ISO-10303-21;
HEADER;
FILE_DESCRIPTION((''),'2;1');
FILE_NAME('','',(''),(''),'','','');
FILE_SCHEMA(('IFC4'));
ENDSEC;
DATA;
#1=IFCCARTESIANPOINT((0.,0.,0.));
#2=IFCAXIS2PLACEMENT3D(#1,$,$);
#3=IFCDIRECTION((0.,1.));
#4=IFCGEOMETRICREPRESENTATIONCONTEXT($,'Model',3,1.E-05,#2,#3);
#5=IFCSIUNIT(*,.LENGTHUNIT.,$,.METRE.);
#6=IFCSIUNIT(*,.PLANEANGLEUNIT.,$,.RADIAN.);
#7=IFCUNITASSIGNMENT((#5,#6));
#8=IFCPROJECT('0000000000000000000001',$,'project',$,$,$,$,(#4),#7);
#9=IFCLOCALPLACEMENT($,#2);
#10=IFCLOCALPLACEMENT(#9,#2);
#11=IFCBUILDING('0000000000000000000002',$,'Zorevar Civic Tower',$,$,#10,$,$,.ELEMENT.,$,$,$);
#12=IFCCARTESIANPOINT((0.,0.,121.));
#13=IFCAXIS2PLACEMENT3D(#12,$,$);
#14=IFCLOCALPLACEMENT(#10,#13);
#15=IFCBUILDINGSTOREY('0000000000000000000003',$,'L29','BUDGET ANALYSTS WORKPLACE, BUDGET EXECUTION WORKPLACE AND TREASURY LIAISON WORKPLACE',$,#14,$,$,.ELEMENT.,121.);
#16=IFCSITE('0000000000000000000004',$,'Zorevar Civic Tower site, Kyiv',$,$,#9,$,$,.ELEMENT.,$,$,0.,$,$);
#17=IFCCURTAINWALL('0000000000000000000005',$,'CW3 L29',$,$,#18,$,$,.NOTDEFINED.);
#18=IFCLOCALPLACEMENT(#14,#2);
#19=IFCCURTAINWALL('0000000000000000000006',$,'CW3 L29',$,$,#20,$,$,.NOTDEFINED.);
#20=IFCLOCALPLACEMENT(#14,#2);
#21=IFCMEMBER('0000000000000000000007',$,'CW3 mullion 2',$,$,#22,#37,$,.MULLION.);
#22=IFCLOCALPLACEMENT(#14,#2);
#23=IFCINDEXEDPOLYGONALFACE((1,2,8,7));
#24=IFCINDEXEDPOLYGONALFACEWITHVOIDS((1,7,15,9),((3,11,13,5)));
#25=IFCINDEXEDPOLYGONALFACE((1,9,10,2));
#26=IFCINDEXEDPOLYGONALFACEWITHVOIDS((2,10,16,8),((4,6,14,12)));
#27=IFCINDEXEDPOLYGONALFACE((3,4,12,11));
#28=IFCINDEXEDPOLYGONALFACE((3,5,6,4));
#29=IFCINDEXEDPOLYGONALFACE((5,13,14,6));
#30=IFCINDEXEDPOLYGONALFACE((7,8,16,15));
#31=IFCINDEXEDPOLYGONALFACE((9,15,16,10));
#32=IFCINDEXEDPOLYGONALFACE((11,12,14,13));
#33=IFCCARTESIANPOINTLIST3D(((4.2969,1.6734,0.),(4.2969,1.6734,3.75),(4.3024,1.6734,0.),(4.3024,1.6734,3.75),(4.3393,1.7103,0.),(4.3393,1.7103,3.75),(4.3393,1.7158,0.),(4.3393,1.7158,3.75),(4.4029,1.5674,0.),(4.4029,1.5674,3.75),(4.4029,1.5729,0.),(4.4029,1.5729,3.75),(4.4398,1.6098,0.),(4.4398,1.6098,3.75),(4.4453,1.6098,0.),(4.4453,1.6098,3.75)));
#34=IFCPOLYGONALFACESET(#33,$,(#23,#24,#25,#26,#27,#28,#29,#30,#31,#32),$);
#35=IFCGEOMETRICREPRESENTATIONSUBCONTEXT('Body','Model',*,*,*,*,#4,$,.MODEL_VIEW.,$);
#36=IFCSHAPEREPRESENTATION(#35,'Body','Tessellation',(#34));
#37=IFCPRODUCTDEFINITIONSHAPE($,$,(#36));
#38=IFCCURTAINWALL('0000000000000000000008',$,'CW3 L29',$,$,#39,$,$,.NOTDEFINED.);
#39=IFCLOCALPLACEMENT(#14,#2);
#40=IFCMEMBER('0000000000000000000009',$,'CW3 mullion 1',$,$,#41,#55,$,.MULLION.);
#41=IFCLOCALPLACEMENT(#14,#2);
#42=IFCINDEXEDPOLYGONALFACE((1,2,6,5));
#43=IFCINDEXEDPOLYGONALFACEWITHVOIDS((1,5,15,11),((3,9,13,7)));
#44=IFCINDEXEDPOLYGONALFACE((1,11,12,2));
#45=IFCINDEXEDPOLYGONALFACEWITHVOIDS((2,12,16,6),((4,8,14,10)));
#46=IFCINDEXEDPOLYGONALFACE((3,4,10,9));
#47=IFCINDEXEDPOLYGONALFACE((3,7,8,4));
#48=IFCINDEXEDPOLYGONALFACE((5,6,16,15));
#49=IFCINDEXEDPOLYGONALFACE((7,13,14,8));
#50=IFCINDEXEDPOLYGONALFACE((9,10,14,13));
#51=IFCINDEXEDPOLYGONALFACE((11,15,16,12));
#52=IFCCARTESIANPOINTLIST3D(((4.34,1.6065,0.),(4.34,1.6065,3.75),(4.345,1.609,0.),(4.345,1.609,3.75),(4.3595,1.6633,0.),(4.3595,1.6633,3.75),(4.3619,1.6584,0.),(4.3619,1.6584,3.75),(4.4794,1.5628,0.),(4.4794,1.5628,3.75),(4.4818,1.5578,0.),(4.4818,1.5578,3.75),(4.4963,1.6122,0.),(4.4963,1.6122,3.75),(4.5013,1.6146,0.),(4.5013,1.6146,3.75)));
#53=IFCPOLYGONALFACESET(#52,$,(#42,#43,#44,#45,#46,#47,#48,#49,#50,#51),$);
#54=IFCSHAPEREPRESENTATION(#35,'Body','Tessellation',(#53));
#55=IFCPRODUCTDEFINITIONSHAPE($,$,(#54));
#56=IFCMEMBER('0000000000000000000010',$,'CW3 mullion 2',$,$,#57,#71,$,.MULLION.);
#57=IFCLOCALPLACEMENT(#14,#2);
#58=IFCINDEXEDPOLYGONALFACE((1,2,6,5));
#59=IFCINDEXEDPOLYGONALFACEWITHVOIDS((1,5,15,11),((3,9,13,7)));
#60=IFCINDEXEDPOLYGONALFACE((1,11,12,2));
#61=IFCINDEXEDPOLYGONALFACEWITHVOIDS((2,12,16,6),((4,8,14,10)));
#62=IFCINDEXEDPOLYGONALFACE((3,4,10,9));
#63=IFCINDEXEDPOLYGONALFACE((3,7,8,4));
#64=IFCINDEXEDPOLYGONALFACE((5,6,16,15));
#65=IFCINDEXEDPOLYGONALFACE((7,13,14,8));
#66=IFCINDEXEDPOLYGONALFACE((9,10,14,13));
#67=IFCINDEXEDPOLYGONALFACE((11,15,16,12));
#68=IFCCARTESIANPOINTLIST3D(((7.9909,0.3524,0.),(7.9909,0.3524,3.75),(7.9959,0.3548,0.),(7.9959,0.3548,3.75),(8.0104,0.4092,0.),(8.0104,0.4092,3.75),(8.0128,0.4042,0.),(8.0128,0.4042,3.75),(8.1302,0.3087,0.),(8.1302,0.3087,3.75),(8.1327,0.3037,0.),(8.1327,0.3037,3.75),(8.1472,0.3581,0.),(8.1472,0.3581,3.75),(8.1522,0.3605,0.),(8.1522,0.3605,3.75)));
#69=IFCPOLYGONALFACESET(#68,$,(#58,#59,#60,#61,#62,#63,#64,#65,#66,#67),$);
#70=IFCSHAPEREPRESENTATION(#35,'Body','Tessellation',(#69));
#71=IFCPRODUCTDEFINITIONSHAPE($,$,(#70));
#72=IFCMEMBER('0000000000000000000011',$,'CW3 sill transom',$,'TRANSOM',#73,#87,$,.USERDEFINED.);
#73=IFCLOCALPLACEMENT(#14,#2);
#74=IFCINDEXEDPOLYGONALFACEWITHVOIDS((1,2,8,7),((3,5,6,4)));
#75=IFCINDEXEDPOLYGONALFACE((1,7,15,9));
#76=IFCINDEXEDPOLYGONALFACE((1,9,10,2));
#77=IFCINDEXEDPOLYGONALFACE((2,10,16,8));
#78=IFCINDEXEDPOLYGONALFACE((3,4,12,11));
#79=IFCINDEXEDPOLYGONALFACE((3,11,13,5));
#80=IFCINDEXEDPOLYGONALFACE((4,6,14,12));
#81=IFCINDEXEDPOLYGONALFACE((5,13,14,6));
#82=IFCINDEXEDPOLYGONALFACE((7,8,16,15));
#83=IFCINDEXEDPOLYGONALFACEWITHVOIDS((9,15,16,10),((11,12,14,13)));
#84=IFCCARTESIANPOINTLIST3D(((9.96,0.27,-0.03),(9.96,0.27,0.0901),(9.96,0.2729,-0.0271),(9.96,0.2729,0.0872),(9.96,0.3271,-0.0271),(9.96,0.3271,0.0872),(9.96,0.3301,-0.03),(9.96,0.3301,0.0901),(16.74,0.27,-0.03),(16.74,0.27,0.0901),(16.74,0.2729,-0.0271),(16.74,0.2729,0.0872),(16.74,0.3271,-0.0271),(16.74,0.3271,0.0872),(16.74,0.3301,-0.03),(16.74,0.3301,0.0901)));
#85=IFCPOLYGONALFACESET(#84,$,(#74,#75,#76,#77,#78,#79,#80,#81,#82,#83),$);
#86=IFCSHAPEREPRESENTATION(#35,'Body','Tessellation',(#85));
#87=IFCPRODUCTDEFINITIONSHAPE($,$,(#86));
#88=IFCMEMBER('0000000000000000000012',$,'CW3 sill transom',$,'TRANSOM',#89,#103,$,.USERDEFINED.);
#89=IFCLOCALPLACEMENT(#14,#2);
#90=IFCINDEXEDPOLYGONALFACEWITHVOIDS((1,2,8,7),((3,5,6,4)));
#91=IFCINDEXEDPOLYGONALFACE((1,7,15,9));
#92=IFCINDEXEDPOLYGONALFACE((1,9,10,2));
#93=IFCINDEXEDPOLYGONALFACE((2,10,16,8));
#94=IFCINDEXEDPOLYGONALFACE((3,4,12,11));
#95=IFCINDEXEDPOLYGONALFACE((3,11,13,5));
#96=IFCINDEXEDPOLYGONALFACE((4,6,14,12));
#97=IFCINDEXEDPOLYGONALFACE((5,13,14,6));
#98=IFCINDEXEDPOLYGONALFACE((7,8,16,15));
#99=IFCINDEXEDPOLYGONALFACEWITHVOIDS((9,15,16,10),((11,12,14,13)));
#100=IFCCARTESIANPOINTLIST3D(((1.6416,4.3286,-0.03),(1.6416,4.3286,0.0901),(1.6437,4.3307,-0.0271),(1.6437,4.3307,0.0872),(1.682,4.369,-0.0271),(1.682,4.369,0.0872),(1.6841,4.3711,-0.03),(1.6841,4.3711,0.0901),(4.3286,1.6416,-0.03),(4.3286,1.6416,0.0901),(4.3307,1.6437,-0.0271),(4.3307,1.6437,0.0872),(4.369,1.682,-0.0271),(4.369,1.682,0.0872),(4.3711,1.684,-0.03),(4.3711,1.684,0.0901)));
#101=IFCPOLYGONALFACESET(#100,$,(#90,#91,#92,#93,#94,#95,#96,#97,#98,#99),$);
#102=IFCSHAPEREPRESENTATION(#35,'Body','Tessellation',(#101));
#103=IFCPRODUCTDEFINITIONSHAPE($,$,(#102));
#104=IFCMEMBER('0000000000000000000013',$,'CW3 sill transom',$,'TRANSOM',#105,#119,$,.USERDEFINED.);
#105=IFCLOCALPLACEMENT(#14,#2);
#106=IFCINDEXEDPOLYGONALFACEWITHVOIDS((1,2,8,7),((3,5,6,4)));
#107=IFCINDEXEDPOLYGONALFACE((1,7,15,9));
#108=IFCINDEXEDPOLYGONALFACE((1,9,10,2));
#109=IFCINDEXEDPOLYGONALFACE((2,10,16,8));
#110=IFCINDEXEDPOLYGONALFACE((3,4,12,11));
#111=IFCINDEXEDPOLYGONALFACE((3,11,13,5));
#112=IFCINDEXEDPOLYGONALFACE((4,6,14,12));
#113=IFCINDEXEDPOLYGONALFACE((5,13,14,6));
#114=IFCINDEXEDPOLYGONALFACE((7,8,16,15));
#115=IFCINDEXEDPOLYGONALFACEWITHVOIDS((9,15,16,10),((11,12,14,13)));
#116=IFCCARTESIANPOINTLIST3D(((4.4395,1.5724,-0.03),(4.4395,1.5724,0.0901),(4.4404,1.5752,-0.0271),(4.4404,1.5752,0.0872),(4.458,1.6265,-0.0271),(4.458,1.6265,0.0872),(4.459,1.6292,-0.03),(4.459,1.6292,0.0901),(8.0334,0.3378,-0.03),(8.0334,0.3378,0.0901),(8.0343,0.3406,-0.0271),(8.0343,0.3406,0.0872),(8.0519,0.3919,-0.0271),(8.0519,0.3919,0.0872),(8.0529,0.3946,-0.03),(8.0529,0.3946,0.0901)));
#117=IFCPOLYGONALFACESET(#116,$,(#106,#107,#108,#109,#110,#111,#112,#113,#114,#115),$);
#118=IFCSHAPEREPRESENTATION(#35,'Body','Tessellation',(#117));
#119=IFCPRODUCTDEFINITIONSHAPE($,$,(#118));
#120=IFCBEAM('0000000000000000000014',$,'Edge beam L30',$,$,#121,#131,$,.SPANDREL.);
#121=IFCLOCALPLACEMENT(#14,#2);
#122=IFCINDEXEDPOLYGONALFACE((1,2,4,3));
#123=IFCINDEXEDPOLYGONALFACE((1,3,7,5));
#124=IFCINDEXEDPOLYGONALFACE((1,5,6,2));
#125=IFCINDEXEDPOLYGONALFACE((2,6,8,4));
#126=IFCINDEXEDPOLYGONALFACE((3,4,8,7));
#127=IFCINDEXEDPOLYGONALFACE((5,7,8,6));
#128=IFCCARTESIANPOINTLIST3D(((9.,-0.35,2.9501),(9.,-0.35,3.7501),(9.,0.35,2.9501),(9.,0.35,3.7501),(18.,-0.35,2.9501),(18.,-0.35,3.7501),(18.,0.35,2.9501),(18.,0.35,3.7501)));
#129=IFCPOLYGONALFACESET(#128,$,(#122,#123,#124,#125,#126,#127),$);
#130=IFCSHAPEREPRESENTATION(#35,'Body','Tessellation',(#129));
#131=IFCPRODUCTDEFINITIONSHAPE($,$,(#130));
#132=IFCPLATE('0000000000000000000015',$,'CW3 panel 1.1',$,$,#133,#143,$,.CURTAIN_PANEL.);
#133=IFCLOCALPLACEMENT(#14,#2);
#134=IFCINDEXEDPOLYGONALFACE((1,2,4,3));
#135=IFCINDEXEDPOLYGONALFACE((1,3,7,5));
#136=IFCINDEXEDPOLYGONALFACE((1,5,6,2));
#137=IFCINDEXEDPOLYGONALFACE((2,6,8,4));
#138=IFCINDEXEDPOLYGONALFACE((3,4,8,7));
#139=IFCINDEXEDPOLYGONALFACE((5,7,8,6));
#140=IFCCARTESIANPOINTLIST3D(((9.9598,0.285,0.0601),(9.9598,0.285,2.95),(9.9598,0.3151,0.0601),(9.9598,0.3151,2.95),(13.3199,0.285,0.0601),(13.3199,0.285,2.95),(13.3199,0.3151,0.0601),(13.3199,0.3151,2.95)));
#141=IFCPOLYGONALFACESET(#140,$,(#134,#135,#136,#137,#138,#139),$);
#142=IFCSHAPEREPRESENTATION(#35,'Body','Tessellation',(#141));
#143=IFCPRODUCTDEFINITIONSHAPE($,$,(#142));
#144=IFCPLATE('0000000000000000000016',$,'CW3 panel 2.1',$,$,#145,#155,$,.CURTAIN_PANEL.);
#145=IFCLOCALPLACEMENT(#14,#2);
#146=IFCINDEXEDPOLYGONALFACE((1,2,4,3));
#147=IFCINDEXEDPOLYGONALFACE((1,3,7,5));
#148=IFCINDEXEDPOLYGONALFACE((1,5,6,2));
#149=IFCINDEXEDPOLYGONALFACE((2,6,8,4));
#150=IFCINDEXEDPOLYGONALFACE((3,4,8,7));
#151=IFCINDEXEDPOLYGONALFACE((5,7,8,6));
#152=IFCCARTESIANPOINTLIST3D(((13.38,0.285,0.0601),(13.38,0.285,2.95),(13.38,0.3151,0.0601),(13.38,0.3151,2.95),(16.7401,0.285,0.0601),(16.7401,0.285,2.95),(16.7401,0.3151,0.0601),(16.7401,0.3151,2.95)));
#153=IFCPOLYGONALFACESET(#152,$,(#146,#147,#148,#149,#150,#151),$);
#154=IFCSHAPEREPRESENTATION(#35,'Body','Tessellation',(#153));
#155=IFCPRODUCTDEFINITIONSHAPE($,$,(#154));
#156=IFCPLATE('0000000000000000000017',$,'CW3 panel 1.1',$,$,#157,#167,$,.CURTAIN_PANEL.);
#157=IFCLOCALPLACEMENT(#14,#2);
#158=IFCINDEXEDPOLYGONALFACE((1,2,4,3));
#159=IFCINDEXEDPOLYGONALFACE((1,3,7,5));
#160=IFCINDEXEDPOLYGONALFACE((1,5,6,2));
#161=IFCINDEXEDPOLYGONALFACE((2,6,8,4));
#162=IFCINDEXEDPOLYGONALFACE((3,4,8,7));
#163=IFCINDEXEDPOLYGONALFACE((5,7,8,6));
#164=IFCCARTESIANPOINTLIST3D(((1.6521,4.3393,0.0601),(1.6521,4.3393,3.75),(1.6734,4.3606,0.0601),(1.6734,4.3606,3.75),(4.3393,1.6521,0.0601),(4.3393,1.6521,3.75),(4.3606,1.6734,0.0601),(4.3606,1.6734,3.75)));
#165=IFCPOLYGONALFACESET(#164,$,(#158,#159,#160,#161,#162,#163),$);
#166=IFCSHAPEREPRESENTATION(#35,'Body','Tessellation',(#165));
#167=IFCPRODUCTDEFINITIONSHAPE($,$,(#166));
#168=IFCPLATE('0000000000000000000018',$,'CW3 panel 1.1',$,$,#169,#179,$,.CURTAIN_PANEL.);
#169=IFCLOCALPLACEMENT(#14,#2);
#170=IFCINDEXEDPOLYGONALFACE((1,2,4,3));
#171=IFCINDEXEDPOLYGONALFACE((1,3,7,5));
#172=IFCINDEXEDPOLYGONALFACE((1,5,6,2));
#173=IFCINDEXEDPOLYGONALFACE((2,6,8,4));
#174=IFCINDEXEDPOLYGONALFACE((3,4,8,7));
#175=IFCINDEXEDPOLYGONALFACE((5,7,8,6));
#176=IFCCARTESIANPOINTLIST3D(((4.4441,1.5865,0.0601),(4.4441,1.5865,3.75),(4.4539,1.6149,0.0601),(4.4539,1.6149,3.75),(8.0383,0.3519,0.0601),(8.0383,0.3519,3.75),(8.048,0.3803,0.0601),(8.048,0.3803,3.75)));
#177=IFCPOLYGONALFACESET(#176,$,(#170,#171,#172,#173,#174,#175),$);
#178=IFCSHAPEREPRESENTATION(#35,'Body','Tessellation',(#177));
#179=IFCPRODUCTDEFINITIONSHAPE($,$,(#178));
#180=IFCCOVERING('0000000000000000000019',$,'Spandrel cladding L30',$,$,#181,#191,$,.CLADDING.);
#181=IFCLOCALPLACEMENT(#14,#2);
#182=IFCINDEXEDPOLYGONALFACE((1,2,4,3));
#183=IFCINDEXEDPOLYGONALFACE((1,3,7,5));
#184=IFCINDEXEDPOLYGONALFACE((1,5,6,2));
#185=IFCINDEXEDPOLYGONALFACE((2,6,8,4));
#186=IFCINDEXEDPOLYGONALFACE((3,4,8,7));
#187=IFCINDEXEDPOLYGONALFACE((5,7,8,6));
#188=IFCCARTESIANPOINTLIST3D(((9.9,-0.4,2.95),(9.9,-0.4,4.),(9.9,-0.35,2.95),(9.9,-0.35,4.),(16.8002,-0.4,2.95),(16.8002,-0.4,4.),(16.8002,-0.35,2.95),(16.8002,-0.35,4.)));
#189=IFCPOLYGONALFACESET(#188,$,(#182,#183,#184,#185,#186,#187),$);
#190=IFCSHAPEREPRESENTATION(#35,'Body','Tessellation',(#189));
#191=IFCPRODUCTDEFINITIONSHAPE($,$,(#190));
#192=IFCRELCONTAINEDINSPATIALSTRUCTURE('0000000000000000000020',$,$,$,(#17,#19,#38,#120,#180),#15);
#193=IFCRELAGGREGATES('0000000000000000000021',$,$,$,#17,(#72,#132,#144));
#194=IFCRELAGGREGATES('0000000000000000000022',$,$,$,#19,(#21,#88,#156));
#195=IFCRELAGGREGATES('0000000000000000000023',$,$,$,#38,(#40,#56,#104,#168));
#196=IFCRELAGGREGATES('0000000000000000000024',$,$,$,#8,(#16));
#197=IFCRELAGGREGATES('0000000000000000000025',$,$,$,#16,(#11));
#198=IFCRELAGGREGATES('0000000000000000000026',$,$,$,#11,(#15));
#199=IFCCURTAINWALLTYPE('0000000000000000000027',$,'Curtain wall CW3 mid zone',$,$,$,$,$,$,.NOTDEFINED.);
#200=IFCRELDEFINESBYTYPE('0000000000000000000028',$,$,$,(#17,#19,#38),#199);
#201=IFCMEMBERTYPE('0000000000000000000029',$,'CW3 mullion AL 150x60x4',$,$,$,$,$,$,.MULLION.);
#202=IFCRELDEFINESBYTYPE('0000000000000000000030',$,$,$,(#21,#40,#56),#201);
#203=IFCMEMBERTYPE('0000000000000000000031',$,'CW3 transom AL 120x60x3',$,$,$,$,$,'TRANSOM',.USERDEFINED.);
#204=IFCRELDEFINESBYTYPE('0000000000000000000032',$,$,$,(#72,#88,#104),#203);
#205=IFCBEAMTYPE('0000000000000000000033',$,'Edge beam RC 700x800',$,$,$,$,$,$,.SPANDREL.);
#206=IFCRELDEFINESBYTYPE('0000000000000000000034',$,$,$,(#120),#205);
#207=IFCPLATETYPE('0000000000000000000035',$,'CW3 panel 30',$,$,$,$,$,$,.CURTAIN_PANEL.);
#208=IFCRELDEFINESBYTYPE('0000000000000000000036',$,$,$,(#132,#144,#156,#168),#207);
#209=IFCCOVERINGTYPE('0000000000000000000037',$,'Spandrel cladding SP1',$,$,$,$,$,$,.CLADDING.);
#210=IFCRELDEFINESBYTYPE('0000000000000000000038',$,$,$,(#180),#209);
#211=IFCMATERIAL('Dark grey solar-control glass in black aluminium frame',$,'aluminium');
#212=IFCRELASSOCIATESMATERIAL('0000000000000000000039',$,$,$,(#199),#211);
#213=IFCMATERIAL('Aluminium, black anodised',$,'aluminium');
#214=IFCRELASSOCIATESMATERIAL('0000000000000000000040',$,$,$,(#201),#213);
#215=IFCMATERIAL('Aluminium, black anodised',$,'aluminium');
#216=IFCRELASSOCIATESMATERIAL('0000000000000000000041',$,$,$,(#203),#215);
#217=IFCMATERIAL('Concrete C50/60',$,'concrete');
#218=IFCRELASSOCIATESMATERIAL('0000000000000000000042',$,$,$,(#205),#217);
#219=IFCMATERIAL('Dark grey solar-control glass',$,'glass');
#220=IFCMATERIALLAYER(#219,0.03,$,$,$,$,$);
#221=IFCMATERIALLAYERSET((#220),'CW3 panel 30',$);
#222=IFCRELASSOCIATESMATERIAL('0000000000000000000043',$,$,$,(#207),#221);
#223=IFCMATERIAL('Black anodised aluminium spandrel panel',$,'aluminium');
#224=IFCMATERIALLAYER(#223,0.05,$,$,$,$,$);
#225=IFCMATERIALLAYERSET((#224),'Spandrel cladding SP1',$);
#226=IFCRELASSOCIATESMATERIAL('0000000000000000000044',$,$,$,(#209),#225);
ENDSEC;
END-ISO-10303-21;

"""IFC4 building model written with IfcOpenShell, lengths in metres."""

from ifc_helpers import new_model, si_unit, direction, frame, frame_2d, origin, origin_2d, place, context, subcontext, project, spatial, rectangle, hollow_rectangle, extrude, material, layer, layer_set, material_profile, profile_set, type_object, element, aggregate, save


model = new_model("IFC4")

# Units and contexts
model_context = context("Model", 3, precision=1e-05, world=origin(), true_north=direction((0.0, 1.0)))
body_context = subcontext(model_context, "Body", "Model", "MODEL_VIEW")
ifc_project = project(units=[si_unit("LENGTHUNIT", "METRE"), si_unit("PLANEANGLEUNIT", "RADIAN")], contexts=[model_context])

# Site, building, storey
site_placement = place(None, origin())
site = spatial("IfcSite", under=ifc_project, at=site_placement, Name="Zorevar Civic Tower site, Kyiv", CompositionType="ELEMENT", RefElevation=0.0)
building_placement = place(site_placement, origin())
building = spatial("IfcBuilding", under=site, at=building_placement, Name="Zorevar Civic Tower", CompositionType="ELEMENT")
storey_placement = place(building_placement, frame((0.0, 0.0, 121.0)))
storey = spatial("IfcBuildingStorey", under=building, at=storey_placement, Name="L29", Description="BUDGET ANALYSTS WORKPLACE, BUDGET EXECUTION WORKPLACE AND TREASURY LIAISON WORKPLACE", CompositionType="ELEMENT", Elevation=121.0)

# Curtain walls, members
ifc_material_1 = material(Name="Dark grey solar-control glass in black aluminium frame", Category="aluminium")
curtain_wall_type = type_object("IfcCurtainWallType", Name="Curtain wall CW3 mid zone", PredefinedType="NOTDEFINED", material=ifc_material_1)
curtain_wall_1_placement = place(storey_placement, origin())
curtain_wall_1 = element("IfcCurtainWall", 1, at=curtain_wall_1_placement, inside=storey, type_object=curtain_wall_type, Name="CW3 L29", PredefinedType="NOTDEFINED")
ifc_material_2 = material(Name="Aluminium, black anodised", Category="aluminium")
ifc_material_profile_1 = material_profile(ifc_material_2, hollow_rectangle(XDim=0.0601, YDim=0.1499, WallThickness=0.0039, at=origin_2d()), Name="AL 150x60x4")
ifc_profile_set_1 = profile_set([ifc_material_profile_1], Name="Aluminium, black anodised")
member_type_1 = type_object("IfcMemberType", Name="CW3 mullion AL 150x60x4", PredefinedType="MULLION", material=ifc_profile_set_1)
curtain_wall_2_placement = place(storey_placement, origin())
curtain_wall_2 = element("IfcCurtainWall", 2, at=curtain_wall_2_placement, inside=storey, type_object=curtain_wall_type, Name="CW3 L29", PredefinedType="NOTDEFINED")
member_1_placement = place(storey_placement, frame((4.3711, 1.6416, 0.0), z_axis=(0.0, 0.0, 1.0), x_axis=(0.707107, 0.707107, 0.0)))
member_1 = element("IfcMember", 3, at=member_1_placement, type_object=member_type_1, Name="CW3 mullion 2", PredefinedType="MULLION", context=body_context, shape_type="SweptSolid", body=[
    extrude(hollow_rectangle(XDim=0.0601, YDim=0.1499, WallThickness=0.0039, at=origin_2d()), origin(), (0.0, 0.0, 1.0), 3.75),
])
curtain_wall_3_placement = place(storey_placement, origin())
curtain_wall_3 = element("IfcCurtainWall", 4, at=curtain_wall_3_placement, inside=storey, type_object=curtain_wall_type, Name="CW3 L29", PredefinedType="NOTDEFINED")
member_2_placement = place(storey_placement, frame((4.4207, 1.6106, 0.0), z_axis=(0.0, 0.0, 1.0), x_axis=(0.324878, 0.945756, 0.0)))
member_2 = element("IfcMember", 5, at=member_2_placement, type_object=member_type_1, Name="CW3 mullion 1", PredefinedType="MULLION", context=body_context, shape_type="SweptSolid", body=[
    extrude(hollow_rectangle(XDim=0.0601, YDim=0.1499, WallThickness=0.0039, at=origin_2d()), origin(), (0.0, 0.0, 1.0), 3.75),
])
member_3_placement = place(storey_placement, frame((8.0715, 0.3564, 0.0), z_axis=(0.0, 0.0, 1.0), x_axis=(0.324878, 0.945756, 0.0)))
member_3 = element("IfcMember", 6, at=member_3_placement, type_object=member_type_1, Name="CW3 mullion 2", PredefinedType="MULLION", context=body_context, shape_type="SweptSolid", body=[
    extrude(hollow_rectangle(XDim=0.0601, YDim=0.1499, WallThickness=0.0039, at=origin_2d()), origin(), (0.0, 0.0, 1.0), 3.75),
])

# Members
ifc_material_3 = material(Name="Aluminium, black anodised", Category="aluminium")
ifc_material_profile_2 = material_profile(ifc_material_3, hollow_rectangle(XDim=0.0601, YDim=0.1201, WallThickness=0.0029, at=origin_2d()), Name="AL 120x60x3")
ifc_profile_set_2 = profile_set([ifc_material_profile_2], Name="Aluminium, black anodised")
member_type_2 = type_object("IfcMemberType", Name="CW3 transom AL 120x60x3", ElementType="TRANSOM", PredefinedType="USERDEFINED", material=ifc_profile_set_2)
member_4_placement = place(storey_placement, frame((9.96, 0.3, 0.03), z_axis=(1.0, 0.0, 0.0), x_axis=(0.0, 1.0, 0.0)))
member_4 = element("IfcMember", 7, at=member_4_placement, type_object=member_type_2, Name="CW3 sill transom", ObjectType="TRANSOM", PredefinedType="USERDEFINED", context=body_context, shape_type="SweptSolid", body=[
    extrude(hollow_rectangle(XDim=0.0601, YDim=0.1201, WallThickness=0.0029, at=origin_2d()), origin(), (0.0, 0.0, 1.0), 6.78),
])
member_5_placement = place(storey_placement, frame((1.6628, 4.3499, 0.03), z_axis=(0.707107, -0.707107, 0.0), x_axis=(0.707107, 0.707107, 0.0)))
member_5 = element("IfcMember", 8, at=member_5_placement, type_object=member_type_2, Name="CW3 sill transom", ObjectType="TRANSOM", PredefinedType="USERDEFINED", context=body_context, shape_type="SweptSolid", body=[
    extrude(hollow_rectangle(XDim=0.0601, YDim=0.1201, WallThickness=0.0029, at=origin_2d()), origin(), (0.0, 0.0, 1.0), 3.8),
])
member_6_placement = place(storey_placement, frame((4.4492, 1.6008, 0.03), z_axis=(0.945753, -0.324888, 0.0), x_axis=(0.324888, 0.945753, 0.0)))
member_6 = element("IfcMember", 9, at=member_6_placement, type_object=member_type_2, Name="CW3 sill transom", ObjectType="TRANSOM", PredefinedType="USERDEFINED", context=body_context, shape_type="SweptSolid", body=[
    extrude(hollow_rectangle(XDim=0.0601, YDim=0.1201, WallThickness=0.0029, at=origin_2d()), origin(), (0.0, 0.0, 1.0), 3.8),
])

# Beam
ifc_material_4 = material(Name="Concrete C50/60", Category="concrete")
ifc_material_profile_3 = material_profile(ifc_material_4, rectangle(XDim=0.7, YDim=0.8, at=origin_2d()), Name="RC 700x800")
ifc_profile_set_3 = profile_set([ifc_material_profile_3], Name="Concrete C50/60")
beam_type_1 = type_object("IfcBeamType", Name="Edge beam RC 700x800", PredefinedType="SPANDREL", material=ifc_profile_set_3)
beam_1_placement = place(storey_placement, frame((9.0, 0.0, 3.3501), z_axis=(1.0, 0.0, 0.0), x_axis=(0.0, 1.0, 0.0)))
element("IfcBeam", 10, at=beam_1_placement, inside=storey, type_object=beam_type_1, Name="Edge beam L30", PredefinedType="SPANDREL", context=body_context, shape_type="SweptSolid", body=[
    extrude(rectangle(XDim=0.7, YDim=0.8, at=origin_2d()), origin(), (0.0, 0.0, 1.0), 9.0),
])

# Plates
ifc_material_5 = material(Name="Dark grey solar-control glass", Category="glass")
ifc_layer_1 = layer(ifc_material_5, 0.03)
ifc_layer_set_1 = layer_set([ifc_layer_1], Name="CW3 panel 30")
plate_type = type_object("IfcPlateType", Name="CW3 panel 30", PredefinedType="CURTAIN_PANEL", material=ifc_layer_set_1)
plate_1_placement = place(storey_placement, frame((11.6399, 0.3, 0.0601), z_axis=(0.0, 0.0, 1.0), x_axis=(1.0, 0.0, 0.0)))
plate_1 = element("IfcPlate", 11, at=plate_1_placement, type_object=plate_type, Name="CW3 panel 1.1", PredefinedType="CURTAIN_PANEL", context=body_context, shape_type="SweptSolid", body=[
    extrude(rectangle(XDim=3.3601, YDim=0.03, at=origin_2d()), origin(), (0.0, 0.0, 1.0), 2.8899),
])
plate_2_placement = place(storey_placement, frame((15.0601, 0.3, 0.0601), z_axis=(0.0, 0.0, 1.0), x_axis=(1.0, 0.0, 0.0)))
plate_2 = element("IfcPlate", 12, at=plate_2_placement, type_object=plate_type, Name="CW3 panel 2.1", PredefinedType="CURTAIN_PANEL", context=body_context, shape_type="SweptSolid", body=[
    extrude(rectangle(XDim=3.3601, YDim=0.03, at=origin_2d()), origin(), (0.0, 0.0, 1.0), 2.8899),
])
aggregate(curtain_wall_1, [member_4, plate_1, plate_2])
plate_3_placement = place(storey_placement, frame((3.0063, 3.0063, 0.0601), z_axis=(0.0, 0.0, 1.0), x_axis=(0.707107, -0.707107, 0.0)))
plate_3 = element("IfcPlate", 13, at=plate_3_placement, type_object=plate_type, Name="CW3 panel 1.1", PredefinedType="CURTAIN_PANEL", context=body_context, shape_type="SweptSolid", body=[
    extrude(rectangle(XDim=3.8003, YDim=0.03, at=origin_2d()), origin(), (0.0, 0.0, 1.0), 3.6899),
])
aggregate(curtain_wall_2, [member_1, member_5, plate_3])
plate_4_placement = place(storey_placement, frame((6.2461, 0.9834, 0.0601), z_axis=(0.0, 0.0, 1.0), x_axis=(0.945756, -0.324878, 0.0)))
plate_4 = element("IfcPlate", 14, at=plate_4_placement, type_object=plate_type, Name="CW3 panel 1.1", PredefinedType="CURTAIN_PANEL", context=body_context, shape_type="SweptSolid", body=[
    extrude(rectangle(XDim=3.8003, YDim=0.03, at=origin_2d()), origin(), (0.0, 0.0, 1.0), 3.6899),
])
aggregate(curtain_wall_3, [member_2, member_3, member_6, plate_4])

# Covering
ifc_material_6 = material(Name="Black anodised aluminium spandrel panel", Category="aluminium")
ifc_layer_2 = layer(ifc_material_6, 0.05)
ifc_layer_set_2 = layer_set([ifc_layer_2], Name="Spandrel cladding SP1")
covering_type = type_object("IfcCoveringType", Name="Spandrel cladding SP1", PredefinedType="CLADDING", material=ifc_layer_set_2)
covering_placement = place(storey_placement, frame((9.8999, -0.375, 2.95), z_axis=(0.0, 0.0, 1.0), x_axis=(1.0, 0.0, 0.0)))
element("IfcCovering", 15, at=covering_placement, inside=storey, type_object=covering_type, Name="Spandrel cladding L30", PredefinedType="CLADDING", context=body_context, shape_type="SweptSolid", body=[
    extrude(rectangle(XDim=6.9001, YDim=0.05, at=frame_2d((3.4502, 0.0))), origin(), (0.0, 0.0, 1.0), 1.05),
])

save(model, "model.ifc")
